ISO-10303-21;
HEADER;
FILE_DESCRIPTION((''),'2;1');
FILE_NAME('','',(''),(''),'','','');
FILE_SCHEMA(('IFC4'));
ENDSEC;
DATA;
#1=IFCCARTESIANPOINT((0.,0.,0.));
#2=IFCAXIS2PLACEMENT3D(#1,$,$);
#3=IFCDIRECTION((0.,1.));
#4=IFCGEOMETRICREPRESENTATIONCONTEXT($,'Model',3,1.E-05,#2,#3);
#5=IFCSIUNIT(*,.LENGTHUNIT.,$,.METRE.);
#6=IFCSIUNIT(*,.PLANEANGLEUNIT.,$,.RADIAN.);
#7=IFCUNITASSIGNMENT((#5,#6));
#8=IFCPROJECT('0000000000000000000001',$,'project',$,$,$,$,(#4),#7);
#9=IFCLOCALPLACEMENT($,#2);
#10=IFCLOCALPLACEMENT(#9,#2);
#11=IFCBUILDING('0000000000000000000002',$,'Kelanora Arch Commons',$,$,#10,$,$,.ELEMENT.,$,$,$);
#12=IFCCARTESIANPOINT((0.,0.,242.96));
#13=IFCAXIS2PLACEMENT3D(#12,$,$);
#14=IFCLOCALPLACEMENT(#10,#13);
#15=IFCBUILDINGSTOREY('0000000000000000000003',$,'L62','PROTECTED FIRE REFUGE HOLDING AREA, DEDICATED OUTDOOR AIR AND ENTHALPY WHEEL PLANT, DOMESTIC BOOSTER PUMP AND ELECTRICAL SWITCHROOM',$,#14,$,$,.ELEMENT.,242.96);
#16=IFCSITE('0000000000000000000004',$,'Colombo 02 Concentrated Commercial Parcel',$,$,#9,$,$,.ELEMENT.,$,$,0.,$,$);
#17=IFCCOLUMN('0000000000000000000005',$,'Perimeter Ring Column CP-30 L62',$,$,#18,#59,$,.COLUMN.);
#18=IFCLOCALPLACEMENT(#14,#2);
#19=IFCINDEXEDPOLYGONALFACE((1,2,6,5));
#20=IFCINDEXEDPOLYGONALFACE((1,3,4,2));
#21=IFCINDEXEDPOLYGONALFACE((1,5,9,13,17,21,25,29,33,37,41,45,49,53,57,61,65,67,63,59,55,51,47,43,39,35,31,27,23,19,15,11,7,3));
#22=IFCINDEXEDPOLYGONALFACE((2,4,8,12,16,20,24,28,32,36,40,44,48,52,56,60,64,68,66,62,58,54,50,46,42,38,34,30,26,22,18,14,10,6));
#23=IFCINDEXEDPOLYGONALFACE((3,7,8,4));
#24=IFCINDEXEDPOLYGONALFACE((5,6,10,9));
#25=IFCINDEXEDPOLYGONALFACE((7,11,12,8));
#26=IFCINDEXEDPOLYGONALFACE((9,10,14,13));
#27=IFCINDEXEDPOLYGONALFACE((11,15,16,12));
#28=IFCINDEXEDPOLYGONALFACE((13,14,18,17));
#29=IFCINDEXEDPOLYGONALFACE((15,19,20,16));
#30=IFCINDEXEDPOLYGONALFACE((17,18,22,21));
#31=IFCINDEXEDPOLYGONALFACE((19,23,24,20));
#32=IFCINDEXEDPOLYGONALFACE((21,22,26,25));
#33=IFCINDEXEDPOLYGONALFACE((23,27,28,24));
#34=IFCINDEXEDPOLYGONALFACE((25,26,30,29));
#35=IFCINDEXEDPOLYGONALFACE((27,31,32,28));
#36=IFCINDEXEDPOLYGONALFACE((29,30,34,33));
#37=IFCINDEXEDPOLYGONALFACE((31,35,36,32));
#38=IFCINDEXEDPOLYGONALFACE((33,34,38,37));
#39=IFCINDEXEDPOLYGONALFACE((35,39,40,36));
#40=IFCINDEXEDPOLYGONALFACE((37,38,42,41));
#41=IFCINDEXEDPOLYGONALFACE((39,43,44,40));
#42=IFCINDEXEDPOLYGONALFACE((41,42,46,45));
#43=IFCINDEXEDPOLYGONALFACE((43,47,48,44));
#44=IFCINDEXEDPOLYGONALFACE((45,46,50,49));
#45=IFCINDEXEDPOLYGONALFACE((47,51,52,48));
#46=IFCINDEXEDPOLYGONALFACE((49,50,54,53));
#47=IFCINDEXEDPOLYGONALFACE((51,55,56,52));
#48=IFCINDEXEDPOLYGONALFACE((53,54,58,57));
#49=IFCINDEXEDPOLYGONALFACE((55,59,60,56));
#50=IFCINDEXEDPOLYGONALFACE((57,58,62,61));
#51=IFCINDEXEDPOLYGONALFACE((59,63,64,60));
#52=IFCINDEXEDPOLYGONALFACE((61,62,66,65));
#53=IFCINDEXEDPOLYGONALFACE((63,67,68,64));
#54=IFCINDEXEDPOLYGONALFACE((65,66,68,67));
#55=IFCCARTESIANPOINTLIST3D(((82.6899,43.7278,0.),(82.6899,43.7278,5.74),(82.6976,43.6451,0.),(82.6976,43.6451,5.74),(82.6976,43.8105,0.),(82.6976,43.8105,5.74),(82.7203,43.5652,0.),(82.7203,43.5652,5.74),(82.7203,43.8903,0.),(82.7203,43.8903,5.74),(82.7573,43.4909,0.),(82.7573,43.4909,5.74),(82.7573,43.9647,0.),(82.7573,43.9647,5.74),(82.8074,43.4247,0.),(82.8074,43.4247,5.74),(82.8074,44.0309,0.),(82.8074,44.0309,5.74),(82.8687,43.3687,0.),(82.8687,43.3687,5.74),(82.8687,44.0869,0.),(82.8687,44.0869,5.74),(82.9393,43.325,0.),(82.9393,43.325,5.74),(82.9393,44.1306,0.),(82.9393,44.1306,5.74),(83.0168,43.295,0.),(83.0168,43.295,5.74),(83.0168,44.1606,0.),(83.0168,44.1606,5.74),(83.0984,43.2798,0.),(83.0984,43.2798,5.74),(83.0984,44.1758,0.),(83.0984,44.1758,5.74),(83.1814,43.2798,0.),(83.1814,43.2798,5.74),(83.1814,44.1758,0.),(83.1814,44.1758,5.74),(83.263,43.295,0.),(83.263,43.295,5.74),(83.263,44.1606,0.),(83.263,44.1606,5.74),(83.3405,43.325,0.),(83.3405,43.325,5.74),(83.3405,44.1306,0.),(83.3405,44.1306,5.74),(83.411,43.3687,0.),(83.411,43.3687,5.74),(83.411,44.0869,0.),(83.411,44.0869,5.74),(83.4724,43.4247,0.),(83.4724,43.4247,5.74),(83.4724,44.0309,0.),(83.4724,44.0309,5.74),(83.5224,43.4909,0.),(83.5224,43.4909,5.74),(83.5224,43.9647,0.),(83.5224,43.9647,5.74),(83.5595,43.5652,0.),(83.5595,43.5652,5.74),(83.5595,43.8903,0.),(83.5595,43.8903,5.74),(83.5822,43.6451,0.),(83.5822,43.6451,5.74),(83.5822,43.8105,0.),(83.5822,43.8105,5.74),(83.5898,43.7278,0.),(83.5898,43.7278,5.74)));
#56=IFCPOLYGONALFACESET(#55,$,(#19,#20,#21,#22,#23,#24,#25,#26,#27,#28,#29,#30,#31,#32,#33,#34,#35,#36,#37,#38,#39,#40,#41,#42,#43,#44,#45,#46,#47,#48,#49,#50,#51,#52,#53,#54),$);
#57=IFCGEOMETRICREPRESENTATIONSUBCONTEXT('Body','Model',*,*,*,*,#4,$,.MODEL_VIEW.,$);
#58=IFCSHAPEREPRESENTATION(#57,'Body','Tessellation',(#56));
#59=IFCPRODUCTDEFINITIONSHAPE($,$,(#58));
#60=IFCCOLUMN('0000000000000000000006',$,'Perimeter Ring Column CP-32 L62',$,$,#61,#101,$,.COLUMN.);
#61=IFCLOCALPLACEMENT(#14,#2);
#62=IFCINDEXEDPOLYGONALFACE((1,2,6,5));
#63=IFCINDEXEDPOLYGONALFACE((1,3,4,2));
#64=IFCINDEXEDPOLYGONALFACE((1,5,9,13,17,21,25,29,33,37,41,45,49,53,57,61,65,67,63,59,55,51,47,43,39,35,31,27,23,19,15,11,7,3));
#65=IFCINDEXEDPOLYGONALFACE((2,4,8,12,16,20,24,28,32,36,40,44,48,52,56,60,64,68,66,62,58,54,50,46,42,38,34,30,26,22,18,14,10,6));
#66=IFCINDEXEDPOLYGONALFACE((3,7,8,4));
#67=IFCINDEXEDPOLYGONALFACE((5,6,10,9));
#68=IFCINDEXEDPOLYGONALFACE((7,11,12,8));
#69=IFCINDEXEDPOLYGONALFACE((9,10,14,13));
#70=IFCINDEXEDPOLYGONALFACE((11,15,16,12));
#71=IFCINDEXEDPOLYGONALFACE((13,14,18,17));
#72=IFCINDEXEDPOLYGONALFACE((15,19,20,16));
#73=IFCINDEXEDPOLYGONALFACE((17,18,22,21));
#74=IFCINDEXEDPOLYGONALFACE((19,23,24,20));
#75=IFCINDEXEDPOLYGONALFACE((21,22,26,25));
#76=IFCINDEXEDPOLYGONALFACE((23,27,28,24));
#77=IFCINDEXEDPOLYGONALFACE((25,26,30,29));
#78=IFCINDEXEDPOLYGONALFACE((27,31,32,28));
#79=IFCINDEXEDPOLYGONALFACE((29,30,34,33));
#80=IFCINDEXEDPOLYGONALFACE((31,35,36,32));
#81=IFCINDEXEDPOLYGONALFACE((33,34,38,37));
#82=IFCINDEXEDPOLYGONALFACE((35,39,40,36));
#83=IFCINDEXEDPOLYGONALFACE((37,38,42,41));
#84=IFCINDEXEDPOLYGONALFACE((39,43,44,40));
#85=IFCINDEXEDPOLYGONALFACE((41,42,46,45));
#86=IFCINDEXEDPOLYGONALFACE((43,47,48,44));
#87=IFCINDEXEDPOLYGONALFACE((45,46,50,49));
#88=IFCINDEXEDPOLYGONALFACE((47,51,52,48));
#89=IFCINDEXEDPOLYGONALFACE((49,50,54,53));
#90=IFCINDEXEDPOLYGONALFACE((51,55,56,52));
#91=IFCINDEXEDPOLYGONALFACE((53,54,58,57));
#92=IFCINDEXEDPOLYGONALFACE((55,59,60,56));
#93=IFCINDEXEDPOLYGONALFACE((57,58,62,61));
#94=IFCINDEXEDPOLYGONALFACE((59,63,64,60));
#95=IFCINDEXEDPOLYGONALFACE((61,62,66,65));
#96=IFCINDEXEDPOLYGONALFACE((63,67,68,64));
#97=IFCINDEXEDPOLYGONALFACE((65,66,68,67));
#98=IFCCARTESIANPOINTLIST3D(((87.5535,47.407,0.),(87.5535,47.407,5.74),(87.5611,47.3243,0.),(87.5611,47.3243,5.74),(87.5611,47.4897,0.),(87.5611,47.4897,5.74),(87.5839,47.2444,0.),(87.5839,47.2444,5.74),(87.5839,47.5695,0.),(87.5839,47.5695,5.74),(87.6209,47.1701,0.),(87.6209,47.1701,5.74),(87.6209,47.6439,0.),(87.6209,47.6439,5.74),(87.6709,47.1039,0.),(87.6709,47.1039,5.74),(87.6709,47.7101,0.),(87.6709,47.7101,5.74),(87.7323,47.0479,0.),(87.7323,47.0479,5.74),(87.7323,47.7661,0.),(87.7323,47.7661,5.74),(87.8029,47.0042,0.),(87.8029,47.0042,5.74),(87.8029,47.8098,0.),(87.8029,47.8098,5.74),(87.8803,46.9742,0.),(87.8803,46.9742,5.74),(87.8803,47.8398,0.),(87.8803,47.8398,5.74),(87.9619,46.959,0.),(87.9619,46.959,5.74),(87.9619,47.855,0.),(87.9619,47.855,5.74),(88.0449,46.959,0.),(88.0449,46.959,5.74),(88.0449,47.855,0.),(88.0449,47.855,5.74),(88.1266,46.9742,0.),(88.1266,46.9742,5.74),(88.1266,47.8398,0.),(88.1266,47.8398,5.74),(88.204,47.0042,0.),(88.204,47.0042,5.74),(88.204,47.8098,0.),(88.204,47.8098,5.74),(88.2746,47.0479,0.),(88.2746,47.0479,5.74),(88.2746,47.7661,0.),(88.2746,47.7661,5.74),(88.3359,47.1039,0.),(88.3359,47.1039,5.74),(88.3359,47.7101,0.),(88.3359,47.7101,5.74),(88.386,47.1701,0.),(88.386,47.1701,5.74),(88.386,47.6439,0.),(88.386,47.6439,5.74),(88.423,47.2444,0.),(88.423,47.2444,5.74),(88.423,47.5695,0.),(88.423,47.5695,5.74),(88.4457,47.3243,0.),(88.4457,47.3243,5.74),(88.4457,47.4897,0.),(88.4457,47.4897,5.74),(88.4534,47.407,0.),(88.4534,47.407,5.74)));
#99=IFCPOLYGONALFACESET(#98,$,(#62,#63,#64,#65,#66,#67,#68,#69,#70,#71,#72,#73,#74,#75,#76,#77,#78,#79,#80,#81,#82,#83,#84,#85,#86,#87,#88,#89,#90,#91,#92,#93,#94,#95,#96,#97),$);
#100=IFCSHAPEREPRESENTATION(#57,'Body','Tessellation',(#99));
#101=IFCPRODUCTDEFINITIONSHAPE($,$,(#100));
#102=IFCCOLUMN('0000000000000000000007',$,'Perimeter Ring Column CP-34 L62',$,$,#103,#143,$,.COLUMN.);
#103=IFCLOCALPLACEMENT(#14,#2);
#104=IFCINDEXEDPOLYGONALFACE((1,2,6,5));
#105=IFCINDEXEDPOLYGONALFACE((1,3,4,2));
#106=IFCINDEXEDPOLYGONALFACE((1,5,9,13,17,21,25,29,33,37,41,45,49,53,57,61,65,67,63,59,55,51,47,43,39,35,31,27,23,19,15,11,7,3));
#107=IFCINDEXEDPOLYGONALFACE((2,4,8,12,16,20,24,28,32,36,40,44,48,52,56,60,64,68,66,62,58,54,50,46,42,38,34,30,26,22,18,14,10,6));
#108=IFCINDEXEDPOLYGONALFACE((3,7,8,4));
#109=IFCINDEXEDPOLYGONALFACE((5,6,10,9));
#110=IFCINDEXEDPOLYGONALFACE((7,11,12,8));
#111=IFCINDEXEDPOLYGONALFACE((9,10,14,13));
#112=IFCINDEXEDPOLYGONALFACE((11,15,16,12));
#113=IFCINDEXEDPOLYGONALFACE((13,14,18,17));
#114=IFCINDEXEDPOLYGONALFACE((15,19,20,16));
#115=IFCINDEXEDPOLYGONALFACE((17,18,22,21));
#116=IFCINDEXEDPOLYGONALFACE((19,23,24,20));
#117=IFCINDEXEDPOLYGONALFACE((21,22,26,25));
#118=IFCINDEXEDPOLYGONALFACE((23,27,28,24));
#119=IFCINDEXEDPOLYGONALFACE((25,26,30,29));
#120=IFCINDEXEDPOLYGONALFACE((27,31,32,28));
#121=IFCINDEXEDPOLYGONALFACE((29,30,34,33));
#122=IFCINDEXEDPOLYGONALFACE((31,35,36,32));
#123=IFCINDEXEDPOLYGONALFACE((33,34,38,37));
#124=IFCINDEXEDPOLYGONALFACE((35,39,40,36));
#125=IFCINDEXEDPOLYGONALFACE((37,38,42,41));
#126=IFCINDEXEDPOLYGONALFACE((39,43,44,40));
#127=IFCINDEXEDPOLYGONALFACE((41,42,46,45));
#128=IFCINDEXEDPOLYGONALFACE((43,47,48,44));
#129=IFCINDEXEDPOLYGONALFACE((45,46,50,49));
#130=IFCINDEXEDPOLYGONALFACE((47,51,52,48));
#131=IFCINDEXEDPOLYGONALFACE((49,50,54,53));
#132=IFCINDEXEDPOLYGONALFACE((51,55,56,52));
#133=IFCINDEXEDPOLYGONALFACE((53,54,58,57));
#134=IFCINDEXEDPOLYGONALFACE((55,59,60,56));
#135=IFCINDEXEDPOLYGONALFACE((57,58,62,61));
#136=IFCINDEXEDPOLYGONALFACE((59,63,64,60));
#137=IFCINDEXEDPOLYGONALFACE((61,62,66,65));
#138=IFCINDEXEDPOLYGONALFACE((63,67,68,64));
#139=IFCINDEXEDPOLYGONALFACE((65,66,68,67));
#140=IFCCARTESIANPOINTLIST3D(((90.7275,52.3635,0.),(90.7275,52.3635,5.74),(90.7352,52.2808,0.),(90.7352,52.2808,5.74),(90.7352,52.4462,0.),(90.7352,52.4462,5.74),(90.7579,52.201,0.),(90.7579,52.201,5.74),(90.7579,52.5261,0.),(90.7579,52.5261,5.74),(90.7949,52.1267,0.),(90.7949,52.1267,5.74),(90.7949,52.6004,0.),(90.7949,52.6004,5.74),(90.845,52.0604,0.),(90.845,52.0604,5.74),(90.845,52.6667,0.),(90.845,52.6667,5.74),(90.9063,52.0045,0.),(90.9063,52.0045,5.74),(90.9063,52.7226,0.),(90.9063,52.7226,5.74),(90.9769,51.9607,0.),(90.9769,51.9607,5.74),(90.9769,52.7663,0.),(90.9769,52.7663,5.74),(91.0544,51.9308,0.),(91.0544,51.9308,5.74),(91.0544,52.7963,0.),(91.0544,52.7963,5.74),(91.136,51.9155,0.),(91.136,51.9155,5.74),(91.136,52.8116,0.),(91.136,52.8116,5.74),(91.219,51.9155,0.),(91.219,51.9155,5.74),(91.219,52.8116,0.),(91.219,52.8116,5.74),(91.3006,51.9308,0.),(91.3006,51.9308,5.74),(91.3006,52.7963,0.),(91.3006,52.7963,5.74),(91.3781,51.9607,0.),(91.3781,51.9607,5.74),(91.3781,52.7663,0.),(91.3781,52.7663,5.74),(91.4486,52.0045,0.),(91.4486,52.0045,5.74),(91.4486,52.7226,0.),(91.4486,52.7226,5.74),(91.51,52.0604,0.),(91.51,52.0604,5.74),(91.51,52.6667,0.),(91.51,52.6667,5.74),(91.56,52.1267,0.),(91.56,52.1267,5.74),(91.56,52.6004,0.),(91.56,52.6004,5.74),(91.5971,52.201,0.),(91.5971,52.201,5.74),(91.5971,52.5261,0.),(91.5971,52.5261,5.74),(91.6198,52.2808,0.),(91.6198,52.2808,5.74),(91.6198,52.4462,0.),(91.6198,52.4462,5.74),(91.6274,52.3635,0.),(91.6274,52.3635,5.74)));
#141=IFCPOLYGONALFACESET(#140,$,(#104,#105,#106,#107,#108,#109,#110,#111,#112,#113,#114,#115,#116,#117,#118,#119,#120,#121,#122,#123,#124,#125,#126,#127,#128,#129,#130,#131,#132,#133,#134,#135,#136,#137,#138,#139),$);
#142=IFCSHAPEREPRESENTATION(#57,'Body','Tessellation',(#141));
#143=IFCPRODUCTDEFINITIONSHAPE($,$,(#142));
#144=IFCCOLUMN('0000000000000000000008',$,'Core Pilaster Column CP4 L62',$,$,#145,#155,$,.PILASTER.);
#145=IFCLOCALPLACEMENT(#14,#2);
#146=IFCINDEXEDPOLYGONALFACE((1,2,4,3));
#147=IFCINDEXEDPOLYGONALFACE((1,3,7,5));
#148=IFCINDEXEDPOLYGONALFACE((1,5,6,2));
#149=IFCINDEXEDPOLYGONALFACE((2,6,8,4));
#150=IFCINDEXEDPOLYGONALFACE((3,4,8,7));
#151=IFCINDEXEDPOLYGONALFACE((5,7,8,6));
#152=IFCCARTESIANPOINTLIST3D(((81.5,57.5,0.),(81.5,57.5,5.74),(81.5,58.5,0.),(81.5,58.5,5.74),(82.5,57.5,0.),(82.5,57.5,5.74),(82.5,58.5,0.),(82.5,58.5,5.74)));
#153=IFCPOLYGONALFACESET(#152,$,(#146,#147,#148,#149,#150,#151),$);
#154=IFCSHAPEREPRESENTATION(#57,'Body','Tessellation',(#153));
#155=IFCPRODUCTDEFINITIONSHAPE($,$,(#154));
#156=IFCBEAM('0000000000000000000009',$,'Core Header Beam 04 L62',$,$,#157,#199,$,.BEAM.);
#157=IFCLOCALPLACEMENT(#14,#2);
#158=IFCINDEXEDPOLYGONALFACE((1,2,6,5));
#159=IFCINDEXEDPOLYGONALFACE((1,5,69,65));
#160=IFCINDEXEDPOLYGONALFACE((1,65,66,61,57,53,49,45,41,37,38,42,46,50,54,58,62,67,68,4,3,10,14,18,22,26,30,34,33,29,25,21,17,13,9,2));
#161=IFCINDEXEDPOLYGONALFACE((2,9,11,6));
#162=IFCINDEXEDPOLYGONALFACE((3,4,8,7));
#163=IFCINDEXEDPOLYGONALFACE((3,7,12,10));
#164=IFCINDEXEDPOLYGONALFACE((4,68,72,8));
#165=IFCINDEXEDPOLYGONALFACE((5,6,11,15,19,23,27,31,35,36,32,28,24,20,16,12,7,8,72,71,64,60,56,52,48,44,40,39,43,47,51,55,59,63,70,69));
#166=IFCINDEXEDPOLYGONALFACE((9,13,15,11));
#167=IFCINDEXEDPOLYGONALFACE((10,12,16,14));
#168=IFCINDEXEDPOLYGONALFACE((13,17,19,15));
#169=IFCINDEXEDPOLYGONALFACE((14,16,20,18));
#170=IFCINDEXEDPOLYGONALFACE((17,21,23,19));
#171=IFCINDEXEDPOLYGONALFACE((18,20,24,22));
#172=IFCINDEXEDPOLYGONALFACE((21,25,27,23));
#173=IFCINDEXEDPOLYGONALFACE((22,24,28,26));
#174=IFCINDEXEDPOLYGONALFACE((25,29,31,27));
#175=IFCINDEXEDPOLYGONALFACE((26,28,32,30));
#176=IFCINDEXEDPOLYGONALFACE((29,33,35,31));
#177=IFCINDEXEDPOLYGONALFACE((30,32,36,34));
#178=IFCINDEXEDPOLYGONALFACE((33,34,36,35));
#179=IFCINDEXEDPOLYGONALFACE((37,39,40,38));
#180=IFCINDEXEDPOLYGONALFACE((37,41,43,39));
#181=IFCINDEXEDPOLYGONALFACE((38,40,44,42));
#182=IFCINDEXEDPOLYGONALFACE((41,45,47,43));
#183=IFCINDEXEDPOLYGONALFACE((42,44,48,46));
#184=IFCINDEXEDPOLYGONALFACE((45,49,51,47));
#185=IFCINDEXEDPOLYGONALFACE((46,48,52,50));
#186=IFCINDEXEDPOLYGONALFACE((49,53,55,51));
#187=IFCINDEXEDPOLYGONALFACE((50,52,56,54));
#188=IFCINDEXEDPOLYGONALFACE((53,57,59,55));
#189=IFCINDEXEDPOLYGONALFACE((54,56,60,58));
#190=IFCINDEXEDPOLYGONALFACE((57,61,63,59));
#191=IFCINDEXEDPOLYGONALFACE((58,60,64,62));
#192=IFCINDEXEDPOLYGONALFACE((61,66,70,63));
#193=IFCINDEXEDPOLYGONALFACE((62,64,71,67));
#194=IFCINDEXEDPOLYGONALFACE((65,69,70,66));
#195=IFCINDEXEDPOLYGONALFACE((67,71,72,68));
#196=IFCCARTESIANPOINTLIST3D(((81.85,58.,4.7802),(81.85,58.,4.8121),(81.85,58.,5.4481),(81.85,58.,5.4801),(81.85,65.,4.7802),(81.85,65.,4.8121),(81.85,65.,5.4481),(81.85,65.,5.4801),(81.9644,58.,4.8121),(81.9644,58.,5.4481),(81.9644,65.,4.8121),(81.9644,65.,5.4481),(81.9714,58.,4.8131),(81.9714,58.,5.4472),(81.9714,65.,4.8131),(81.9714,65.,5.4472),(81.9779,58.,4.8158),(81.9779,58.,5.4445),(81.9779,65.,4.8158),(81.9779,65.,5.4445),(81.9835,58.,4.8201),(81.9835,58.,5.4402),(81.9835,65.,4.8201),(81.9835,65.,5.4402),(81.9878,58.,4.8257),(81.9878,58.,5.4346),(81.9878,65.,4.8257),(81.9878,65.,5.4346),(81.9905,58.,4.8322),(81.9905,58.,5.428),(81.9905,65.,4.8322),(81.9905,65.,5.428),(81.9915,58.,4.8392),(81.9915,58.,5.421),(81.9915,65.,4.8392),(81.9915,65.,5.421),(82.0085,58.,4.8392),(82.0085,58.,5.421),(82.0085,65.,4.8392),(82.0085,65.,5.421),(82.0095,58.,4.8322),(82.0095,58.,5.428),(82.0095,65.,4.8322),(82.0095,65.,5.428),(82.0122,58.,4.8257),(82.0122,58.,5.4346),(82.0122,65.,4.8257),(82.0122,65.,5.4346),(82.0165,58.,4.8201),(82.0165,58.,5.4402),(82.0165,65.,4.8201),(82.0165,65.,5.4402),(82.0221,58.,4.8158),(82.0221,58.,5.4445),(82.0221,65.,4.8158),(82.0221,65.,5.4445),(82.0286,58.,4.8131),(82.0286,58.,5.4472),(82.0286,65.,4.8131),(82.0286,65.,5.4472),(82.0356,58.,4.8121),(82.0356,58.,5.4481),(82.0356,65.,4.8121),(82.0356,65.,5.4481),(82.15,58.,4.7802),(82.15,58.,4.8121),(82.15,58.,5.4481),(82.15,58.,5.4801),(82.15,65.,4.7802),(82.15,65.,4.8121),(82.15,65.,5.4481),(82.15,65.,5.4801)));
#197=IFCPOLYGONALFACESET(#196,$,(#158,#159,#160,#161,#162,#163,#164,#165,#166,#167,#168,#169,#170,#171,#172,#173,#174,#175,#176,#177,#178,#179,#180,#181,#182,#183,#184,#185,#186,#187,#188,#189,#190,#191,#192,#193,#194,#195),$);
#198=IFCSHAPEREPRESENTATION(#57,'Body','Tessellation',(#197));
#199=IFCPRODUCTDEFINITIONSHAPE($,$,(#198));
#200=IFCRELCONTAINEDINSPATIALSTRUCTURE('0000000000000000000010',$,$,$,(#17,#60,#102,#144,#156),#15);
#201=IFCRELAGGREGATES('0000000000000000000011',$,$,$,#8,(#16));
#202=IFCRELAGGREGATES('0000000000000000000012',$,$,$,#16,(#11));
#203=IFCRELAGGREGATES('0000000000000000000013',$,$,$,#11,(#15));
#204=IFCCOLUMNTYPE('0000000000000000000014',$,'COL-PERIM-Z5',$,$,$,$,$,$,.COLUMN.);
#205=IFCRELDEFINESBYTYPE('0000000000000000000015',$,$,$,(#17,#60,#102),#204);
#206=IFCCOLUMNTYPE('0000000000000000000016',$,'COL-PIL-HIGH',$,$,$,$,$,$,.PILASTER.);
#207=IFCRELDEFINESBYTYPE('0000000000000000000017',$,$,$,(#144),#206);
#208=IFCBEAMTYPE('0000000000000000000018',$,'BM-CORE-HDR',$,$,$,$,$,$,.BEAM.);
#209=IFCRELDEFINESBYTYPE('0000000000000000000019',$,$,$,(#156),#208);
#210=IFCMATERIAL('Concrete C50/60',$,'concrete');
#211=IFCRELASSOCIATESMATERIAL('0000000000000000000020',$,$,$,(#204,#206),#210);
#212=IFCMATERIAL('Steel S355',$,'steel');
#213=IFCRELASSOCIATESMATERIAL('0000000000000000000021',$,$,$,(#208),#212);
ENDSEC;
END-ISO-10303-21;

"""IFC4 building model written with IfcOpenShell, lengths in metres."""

from ifc_helpers import new_model, si_unit, direction, frame, origin, origin_2d, place, context, subcontext, project, spatial, rectangle, circle, i_section, extrude, material, material_profile, profile_set, type_object, element, save


model = new_model("IFC4")

# Units and contexts
model_context = context("Model", 3, precision=1e-05, world=origin(), true_north=direction((0.0, 1.0)))
body_context = subcontext(model_context, "Body", "Model", "MODEL_VIEW")
ifc_project = project(units=[si_unit("LENGTHUNIT", "METRE"), si_unit("PLANEANGLEUNIT", "RADIAN")], contexts=[model_context])

# Site, building, storey
site_placement = place(None, origin())
site = spatial("IfcSite", under=ifc_project, at=site_placement, Name="Colombo 02 Concentrated Commercial Parcel", CompositionType="ELEMENT", RefElevation=0.0)
building_placement = place(site_placement, origin())
building = spatial("IfcBuilding", under=site, at=building_placement, Name="Kelanora Arch Commons", CompositionType="ELEMENT")
storey_placement = place(building_placement, frame((0.0, 0.0, 242.96)))
storey = spatial("IfcBuildingStorey", under=building, at=storey_placement, Name="L62", Description="PROTECTED FIRE REFUGE HOLDING AREA, DEDICATED OUTDOOR AIR AND ENTHALPY WHEEL PLANT, DOMESTIC BOOSTER PUMP AND ELECTRICAL SWITCHROOM", CompositionType="ELEMENT", Elevation=242.96)

# Columns
ifc_material_1 = material(Name="Concrete C50/60", Category="concrete")
ifc_material_profile_1 = material_profile(ifc_material_1, circle(Radius=0.45, at=origin_2d()), Name="RCC900")
ifc_profile_set_1 = profile_set([ifc_material_profile_1], Name="Concrete C50/60")
column_type_1 = type_object("IfcColumnType", Name="COL-PERIM-Z5", PredefinedType="COLUMN", material=ifc_profile_set_1)
for number, where, z_axis, x_axis, name in (
    (1, (83.1399, 43.7278, 0.0), (0.0, 0.0, 1.0), (1.0, 0.0, 0.0), "Perimeter Ring Column CP-30 L62"),
    (2, (88.0034, 47.407, 0.0), (0.0, 0.0, 1.0), (1.0, 0.0, 0.0), "Perimeter Ring Column CP-32 L62"),
    (3, (91.1775, 52.3635, 0.0), (0.0, 0.0, 1.0), (1.0, 0.0, 0.0), "Perimeter Ring Column CP-34 L62"),
):
    element("IfcColumn", number, at=place(storey_placement, frame(where, z_axis=z_axis, x_axis=x_axis)), inside=storey, type_object=column_type_1, Name=name, PredefinedType="COLUMN", context=body_context, shape_type="SweptSolid", body=[
        extrude(circle(Radius=0.45, at=origin_2d()), origin(), (0.0, 0.0, 1.0), 5.74),
    ])
ifc_material_profile_2 = material_profile(ifc_material_1, rectangle(XDim=1.0, YDim=1.0, at=origin_2d()), Name="RC1000x1000")
ifc_profile_set_2 = profile_set([ifc_material_profile_2], Name="Concrete C50/60")
column_type_2 = type_object("IfcColumnType", Name="COL-PIL-HIGH", PredefinedType="PILASTER", material=ifc_profile_set_2)
column_placement = place(storey_placement, frame((82.0, 58.0, 0.0), z_axis=(0.0, 0.0, 1.0), x_axis=(1.0, 0.0, 0.0)))
element("IfcColumn", 4, at=column_placement, inside=storey, type_object=column_type_2, Name="Core Pilaster Column CP4 L62", PredefinedType="PILASTER", context=body_context, shape_type="SweptSolid", body=[
    extrude(rectangle(XDim=1.0, YDim=1.0, at=origin_2d()), origin(), (0.0, 0.0, 1.0), 5.74),
])

# Beam
ifc_material_2 = material(Name="Steel S355", Category="steel")
ifc_material_profile_3 = material_profile(ifc_material_2, i_section(OverallWidth=0.3, OverallDepth=0.7, WebThickness=0.0171, FlangeThickness=0.032, FilletRadius=0.0271, at=origin_2d()), Name="HEB700")
ifc_profile_set_3 = profile_set([ifc_material_profile_3], Name="Steel S355")
beam_type_1 = type_object("IfcBeamType", Name="BM-CORE-HDR", PredefinedType="BEAM", material=ifc_profile_set_3)
beam_1_placement = place(storey_placement, frame((82.0, 58.0, 5.1301), z_axis=(0.0, 1.0, 0.0), x_axis=(-1.0, 0.0, 0.0)))
element("IfcBeam", 5, at=beam_1_placement, inside=storey, type_object=beam_type_1, Name="Core Header Beam 04 L62", PredefinedType="BEAM", context=body_context, shape_type="SweptSolid", body=[
    extrude(i_section(OverallWidth=0.3, OverallDepth=0.7, WebThickness=0.0171, FlangeThickness=0.032, FilletRadius=0.0271, at=origin_2d()), origin(), (0.0, 0.0, 1.0), 7.0),
])

save(model, "model.ifc")
